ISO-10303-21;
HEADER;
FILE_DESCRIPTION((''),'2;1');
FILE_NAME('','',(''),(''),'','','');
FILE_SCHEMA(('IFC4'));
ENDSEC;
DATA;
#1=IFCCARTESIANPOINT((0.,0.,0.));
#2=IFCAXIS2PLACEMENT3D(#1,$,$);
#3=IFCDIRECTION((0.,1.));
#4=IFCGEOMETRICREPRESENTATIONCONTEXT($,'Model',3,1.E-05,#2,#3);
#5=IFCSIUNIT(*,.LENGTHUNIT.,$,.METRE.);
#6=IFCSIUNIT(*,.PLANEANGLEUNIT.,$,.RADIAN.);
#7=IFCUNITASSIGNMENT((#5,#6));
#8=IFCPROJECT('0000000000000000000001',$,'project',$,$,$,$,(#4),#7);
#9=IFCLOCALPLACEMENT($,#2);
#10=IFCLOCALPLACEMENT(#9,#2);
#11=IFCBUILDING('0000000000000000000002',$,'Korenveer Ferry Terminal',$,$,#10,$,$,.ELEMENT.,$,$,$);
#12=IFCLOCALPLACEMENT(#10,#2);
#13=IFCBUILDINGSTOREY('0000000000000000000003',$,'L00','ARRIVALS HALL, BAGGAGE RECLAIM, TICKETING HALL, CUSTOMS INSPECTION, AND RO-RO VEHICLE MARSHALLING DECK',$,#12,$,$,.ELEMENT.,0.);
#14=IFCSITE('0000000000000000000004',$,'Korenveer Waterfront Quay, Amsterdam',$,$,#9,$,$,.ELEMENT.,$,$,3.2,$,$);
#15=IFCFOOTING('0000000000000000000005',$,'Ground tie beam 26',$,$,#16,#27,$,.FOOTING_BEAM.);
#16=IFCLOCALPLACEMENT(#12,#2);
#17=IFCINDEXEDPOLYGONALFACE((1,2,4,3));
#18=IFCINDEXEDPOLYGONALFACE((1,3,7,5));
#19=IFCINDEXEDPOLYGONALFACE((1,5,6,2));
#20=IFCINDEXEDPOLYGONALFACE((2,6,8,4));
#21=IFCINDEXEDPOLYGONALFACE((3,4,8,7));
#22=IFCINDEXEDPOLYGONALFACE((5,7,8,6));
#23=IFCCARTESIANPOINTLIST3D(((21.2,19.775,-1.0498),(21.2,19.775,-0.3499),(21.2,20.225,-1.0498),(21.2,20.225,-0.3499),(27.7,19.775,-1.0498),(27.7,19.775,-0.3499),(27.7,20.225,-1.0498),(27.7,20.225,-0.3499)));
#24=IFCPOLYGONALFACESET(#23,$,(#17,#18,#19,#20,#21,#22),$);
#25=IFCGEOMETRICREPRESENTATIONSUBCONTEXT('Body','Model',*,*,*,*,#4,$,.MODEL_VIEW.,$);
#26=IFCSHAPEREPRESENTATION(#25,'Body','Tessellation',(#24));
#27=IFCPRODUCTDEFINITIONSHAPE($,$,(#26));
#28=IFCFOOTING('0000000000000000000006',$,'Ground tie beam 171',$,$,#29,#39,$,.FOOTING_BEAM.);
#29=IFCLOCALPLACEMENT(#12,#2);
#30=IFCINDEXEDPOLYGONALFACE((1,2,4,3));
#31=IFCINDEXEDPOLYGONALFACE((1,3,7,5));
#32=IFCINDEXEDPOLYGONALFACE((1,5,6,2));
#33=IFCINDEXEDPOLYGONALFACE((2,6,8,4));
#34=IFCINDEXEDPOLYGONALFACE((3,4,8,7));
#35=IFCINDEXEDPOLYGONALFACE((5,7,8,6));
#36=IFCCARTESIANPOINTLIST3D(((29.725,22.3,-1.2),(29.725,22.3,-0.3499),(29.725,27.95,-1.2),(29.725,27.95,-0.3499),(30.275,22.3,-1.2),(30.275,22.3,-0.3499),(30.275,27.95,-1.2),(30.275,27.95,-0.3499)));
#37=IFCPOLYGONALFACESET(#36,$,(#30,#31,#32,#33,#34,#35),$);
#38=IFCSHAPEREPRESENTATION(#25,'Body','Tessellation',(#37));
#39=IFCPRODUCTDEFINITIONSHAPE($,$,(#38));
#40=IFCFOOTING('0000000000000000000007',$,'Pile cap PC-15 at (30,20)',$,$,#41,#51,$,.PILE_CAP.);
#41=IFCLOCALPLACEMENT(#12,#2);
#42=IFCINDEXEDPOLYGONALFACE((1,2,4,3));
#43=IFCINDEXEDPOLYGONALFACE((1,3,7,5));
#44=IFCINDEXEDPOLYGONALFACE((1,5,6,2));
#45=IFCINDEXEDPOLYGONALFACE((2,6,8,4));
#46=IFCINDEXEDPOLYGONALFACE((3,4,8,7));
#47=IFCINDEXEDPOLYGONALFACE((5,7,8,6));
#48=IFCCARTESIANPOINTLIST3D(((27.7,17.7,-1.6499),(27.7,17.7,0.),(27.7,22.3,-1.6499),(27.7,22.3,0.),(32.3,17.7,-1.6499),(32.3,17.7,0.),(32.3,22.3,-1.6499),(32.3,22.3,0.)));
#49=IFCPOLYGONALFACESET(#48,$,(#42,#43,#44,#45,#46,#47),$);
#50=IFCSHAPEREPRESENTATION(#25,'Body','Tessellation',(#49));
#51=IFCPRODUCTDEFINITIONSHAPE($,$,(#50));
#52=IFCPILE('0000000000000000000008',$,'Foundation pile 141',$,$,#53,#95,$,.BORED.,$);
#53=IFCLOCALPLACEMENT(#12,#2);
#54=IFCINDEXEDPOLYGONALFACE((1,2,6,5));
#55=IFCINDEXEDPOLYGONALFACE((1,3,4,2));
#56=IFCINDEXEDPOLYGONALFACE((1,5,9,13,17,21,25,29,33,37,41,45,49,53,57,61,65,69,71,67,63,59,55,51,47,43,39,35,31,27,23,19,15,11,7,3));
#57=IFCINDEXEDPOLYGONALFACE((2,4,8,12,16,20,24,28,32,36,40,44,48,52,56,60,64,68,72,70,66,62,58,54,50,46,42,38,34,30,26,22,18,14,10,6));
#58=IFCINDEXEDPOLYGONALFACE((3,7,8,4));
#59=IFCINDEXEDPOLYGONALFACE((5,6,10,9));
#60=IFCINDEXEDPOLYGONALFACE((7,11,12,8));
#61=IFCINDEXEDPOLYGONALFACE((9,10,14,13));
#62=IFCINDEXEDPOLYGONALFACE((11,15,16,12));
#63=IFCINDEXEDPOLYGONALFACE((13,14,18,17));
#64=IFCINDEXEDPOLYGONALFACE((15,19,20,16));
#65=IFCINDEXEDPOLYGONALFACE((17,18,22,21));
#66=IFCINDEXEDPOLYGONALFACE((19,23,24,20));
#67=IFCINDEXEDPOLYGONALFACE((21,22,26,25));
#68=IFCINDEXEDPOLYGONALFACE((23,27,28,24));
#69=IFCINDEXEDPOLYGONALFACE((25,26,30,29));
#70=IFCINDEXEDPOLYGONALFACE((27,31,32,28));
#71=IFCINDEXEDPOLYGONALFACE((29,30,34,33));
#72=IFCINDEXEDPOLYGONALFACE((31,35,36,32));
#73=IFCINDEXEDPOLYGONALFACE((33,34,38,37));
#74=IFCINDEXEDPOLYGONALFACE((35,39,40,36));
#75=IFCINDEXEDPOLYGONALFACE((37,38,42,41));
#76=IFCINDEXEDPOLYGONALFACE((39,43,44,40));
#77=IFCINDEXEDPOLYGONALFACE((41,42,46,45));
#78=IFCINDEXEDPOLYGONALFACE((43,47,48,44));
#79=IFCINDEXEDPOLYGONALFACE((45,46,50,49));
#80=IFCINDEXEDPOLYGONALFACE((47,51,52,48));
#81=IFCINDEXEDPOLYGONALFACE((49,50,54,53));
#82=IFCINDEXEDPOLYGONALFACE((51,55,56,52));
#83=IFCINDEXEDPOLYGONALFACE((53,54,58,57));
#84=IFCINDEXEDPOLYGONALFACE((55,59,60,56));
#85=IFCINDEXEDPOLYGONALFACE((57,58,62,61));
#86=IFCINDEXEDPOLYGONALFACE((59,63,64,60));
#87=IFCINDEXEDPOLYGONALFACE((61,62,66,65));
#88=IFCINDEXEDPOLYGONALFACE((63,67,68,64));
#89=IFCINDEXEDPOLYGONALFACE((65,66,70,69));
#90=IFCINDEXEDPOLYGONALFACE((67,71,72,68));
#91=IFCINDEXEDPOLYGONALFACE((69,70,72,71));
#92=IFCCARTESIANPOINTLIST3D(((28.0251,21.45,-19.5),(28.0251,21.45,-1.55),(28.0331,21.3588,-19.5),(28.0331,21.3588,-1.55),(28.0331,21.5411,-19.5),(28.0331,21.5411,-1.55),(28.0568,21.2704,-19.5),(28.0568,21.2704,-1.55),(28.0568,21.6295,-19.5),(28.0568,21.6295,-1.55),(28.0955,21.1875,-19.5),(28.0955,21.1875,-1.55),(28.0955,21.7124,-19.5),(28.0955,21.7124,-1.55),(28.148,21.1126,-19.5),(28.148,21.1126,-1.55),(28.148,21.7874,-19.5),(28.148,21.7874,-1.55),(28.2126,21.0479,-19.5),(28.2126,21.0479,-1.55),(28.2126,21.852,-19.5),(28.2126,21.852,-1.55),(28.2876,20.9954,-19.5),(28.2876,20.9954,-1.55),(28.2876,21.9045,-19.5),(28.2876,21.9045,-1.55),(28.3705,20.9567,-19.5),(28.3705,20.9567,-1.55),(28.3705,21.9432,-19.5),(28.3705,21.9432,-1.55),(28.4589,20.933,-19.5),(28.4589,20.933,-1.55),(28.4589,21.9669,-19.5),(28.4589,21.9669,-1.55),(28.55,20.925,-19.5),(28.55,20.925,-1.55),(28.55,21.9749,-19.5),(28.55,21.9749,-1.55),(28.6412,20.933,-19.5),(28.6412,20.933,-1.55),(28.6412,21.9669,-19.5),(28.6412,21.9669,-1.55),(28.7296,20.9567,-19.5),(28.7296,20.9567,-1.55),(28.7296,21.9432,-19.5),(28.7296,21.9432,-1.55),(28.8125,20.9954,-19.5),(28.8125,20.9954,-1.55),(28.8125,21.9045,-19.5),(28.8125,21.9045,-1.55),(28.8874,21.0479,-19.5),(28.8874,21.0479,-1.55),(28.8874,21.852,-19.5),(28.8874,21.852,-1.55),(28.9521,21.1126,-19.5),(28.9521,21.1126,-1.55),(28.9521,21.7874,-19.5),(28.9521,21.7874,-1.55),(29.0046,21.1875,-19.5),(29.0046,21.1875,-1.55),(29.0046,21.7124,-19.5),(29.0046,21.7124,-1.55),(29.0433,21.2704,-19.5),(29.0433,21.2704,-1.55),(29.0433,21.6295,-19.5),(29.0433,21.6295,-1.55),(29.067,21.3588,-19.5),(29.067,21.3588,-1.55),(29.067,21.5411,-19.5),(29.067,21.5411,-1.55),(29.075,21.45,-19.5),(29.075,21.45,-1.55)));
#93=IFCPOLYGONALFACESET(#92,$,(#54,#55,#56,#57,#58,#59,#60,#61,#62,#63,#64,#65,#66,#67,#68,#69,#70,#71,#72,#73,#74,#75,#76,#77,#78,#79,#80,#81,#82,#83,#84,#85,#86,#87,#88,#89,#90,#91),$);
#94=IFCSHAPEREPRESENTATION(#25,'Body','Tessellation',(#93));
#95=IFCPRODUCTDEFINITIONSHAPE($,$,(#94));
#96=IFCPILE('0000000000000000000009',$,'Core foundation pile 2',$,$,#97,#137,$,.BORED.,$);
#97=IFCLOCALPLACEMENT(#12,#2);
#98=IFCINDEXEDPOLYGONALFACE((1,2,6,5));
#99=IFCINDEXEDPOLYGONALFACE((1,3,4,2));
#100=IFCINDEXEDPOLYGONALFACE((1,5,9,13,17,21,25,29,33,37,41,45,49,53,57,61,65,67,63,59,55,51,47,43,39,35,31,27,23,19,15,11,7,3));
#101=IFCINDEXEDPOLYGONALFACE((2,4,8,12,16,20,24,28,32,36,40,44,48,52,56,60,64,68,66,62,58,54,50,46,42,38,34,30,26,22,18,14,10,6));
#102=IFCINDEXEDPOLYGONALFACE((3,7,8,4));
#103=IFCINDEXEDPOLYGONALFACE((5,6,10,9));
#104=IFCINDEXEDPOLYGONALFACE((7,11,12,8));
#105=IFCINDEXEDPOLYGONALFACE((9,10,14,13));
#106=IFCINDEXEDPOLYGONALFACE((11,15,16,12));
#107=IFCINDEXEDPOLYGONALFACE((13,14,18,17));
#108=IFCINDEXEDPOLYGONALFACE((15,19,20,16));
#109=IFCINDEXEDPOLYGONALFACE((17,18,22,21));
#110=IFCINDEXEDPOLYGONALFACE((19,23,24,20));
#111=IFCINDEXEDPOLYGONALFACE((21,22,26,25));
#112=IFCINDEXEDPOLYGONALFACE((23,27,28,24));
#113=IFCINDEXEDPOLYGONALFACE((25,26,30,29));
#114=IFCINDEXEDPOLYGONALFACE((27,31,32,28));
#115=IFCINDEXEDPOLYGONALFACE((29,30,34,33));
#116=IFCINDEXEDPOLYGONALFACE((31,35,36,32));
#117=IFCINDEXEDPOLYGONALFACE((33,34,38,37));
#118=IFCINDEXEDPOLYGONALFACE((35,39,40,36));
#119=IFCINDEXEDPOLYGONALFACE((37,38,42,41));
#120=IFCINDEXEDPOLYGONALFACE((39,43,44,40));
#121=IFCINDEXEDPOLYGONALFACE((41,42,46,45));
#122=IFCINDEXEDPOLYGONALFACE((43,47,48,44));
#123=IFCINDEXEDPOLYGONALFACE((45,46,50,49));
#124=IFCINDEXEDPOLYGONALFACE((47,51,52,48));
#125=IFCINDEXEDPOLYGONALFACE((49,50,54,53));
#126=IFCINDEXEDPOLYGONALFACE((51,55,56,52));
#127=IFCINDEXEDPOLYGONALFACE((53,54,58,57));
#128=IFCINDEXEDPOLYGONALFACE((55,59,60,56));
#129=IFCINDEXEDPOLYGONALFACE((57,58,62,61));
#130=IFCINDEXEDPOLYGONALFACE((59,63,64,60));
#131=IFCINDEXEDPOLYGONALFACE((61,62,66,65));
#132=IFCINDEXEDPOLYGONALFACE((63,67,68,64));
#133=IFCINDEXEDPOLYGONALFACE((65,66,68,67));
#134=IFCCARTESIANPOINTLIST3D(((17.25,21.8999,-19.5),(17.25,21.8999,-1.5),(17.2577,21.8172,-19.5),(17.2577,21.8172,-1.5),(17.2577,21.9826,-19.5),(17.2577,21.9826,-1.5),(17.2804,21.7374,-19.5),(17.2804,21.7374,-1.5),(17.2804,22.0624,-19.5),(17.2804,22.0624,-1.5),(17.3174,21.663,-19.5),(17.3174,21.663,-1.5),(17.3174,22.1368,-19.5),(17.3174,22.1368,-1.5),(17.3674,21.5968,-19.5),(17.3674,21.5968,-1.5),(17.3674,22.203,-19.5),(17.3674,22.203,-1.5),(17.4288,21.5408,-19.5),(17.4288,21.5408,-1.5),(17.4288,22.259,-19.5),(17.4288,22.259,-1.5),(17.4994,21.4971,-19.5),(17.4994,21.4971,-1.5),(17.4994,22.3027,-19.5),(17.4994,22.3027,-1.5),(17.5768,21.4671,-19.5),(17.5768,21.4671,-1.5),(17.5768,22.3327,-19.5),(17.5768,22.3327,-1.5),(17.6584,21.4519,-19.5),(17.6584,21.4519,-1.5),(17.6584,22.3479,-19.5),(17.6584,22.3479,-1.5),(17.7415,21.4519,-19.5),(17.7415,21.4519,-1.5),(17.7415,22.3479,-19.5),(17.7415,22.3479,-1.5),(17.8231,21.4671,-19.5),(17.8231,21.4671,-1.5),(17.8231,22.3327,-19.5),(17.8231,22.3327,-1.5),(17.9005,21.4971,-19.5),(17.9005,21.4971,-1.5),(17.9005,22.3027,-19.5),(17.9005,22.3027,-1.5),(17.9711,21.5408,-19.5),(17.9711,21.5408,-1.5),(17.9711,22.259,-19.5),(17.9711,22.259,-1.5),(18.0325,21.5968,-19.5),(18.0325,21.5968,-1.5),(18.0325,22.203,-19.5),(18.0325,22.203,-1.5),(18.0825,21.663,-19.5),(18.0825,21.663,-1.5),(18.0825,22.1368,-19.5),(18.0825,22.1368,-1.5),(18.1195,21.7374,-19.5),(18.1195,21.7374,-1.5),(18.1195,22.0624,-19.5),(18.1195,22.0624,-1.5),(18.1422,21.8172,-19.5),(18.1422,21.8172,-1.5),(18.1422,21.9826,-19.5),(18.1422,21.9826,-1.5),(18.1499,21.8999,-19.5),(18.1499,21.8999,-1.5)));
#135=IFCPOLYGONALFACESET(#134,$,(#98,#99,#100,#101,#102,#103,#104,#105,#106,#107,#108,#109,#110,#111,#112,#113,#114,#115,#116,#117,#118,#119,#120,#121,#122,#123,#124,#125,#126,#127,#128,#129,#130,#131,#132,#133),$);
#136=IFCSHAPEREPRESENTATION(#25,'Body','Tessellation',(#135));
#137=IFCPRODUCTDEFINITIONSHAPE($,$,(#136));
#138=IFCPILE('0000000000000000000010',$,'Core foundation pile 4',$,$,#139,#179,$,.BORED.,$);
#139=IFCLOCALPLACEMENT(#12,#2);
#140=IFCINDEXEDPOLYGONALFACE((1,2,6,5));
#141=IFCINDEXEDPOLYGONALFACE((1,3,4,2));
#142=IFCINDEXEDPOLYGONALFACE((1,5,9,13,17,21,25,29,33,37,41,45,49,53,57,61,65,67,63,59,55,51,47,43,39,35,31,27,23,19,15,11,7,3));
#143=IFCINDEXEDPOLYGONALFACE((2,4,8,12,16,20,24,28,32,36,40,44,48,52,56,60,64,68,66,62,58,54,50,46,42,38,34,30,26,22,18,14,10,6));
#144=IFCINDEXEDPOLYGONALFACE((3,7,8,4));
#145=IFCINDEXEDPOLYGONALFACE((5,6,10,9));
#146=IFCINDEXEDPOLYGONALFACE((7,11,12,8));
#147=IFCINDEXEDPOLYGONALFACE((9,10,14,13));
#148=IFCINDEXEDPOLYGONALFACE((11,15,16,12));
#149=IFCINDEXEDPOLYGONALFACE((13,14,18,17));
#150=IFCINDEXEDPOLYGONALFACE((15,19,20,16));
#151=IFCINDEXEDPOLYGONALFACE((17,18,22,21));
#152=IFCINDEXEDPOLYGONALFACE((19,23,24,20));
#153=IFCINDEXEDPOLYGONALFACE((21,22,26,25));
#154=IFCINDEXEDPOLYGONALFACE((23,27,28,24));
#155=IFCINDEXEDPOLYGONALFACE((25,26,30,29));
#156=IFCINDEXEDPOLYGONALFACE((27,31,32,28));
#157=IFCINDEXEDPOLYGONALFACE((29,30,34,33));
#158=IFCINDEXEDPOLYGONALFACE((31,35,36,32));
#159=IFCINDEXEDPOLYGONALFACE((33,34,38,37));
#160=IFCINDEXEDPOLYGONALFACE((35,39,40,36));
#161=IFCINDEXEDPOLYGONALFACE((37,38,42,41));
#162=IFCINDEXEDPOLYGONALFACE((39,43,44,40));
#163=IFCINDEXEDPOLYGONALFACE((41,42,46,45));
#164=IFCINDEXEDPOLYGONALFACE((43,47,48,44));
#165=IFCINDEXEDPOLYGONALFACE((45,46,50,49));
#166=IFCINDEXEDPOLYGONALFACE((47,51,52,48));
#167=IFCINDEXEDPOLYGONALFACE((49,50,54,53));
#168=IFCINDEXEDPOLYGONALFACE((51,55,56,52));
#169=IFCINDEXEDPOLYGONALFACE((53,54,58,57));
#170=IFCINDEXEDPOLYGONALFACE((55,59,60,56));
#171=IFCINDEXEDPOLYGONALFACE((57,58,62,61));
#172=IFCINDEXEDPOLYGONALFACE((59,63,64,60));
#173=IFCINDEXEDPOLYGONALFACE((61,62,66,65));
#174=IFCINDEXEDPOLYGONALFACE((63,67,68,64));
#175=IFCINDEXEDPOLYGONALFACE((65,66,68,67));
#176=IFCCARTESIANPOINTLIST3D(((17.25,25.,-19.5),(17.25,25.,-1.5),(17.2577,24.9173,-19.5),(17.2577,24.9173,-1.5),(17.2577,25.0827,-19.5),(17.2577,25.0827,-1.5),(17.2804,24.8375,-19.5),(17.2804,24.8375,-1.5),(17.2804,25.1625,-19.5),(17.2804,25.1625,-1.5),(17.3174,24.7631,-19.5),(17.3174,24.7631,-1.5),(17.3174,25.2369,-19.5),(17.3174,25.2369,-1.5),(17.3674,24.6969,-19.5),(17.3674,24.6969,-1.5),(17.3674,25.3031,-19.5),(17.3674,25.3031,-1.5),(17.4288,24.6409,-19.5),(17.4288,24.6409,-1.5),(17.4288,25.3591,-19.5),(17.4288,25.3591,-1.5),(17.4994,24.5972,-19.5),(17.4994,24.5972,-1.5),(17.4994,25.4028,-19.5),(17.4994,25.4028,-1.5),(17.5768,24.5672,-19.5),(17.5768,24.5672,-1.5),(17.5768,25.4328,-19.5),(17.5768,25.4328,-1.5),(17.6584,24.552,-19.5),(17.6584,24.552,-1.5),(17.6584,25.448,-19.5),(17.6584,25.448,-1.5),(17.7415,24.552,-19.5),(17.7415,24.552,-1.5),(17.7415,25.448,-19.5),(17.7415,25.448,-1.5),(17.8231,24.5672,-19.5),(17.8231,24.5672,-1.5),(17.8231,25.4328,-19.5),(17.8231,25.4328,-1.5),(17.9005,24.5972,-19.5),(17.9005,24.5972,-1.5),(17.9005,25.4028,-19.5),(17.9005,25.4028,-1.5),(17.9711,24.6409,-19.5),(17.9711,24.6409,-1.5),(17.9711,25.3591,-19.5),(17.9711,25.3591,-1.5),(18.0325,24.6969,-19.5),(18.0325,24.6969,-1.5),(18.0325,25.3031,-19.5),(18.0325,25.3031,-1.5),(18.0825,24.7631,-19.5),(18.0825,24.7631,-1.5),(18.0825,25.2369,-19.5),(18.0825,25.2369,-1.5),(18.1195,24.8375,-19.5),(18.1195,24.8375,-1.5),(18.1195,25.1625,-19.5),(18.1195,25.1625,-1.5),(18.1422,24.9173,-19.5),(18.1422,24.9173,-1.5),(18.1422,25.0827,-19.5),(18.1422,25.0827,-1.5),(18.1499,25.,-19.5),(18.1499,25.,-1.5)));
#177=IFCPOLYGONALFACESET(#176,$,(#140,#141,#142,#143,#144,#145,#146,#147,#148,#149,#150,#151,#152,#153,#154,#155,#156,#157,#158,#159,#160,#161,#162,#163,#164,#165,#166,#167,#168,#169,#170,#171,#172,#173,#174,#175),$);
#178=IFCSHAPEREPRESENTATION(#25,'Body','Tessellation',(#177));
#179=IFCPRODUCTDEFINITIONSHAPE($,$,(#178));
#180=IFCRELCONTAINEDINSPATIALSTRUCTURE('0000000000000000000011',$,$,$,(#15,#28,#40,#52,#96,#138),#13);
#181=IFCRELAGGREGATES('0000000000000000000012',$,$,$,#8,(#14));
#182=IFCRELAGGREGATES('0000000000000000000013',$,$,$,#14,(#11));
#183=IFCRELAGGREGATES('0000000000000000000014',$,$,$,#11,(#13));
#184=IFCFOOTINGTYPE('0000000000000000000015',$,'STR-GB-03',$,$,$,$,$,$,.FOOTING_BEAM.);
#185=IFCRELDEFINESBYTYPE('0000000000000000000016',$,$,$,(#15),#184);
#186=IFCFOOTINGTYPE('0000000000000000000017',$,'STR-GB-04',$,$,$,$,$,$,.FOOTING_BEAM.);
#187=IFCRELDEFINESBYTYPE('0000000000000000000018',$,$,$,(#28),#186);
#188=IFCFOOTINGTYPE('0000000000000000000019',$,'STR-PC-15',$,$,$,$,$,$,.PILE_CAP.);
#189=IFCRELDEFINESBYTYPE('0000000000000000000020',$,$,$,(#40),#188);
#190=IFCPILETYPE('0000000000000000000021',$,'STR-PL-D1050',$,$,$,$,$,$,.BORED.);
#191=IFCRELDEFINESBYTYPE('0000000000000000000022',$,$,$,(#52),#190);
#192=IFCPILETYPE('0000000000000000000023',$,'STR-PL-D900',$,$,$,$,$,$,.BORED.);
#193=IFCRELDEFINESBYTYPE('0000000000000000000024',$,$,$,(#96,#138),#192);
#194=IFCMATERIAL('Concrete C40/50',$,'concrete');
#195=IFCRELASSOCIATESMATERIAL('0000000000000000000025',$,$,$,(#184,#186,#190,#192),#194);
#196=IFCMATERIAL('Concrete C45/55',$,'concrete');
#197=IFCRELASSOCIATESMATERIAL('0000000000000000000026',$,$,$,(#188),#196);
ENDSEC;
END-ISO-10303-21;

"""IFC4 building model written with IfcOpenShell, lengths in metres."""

from ifc_helpers import new_model, si_unit, direction, frame, origin, origin_2d, place, context, subcontext, project, spatial, rectangle, circle, extrude, material, material_profile, profile_set, type_object, element, save


model = new_model("IFC4")

# Units and contexts
model_context = context("Model", 3, precision=1e-05, world=origin(), true_north=direction((0.0, 1.0)))
body_context = subcontext(model_context, "Body", "Model", "MODEL_VIEW")
ifc_project = project(units=[si_unit("LENGTHUNIT", "METRE"), si_unit("PLANEANGLEUNIT", "RADIAN")], contexts=[model_context])

# Site, building, storey
site_placement = place(None, origin())
site = spatial("IfcSite", under=ifc_project, at=site_placement, Name="Korenveer Waterfront Quay, Amsterdam", CompositionType="ELEMENT", RefElevation=3.2)
building_placement = place(site_placement, origin())
building = spatial("IfcBuilding", under=site, at=building_placement, Name="Korenveer Ferry Terminal", CompositionType="ELEMENT")
storey_placement = place(building_placement, origin())
storey = spatial("IfcBuildingStorey", under=building, at=storey_placement, Name="L00", Description="ARRIVALS HALL, BAGGAGE RECLAIM, TICKETING HALL, CUSTOMS INSPECTION, AND RO-RO VEHICLE MARSHALLING DECK", CompositionType="ELEMENT", Elevation=0.0)

# Footings
ifc_material_1 = material(Name="Concrete C40/50", Category="concrete")
footing_type_1 = type_object("IfcFootingType", Name="STR-GB-03", PredefinedType="FOOTING_BEAM", material=ifc_material_1)
footing_1_placement = place(storey_placement, frame((24.45, 20.0, -1.0498), z_axis=(0.0, 0.0, 1.0), x_axis=(1.0, 0.0, 0.0)))
element("IfcFooting", 1, at=footing_1_placement, inside=storey, type_object=footing_type_1, Name="Ground tie beam 26", PredefinedType="FOOTING_BEAM", context=body_context, shape_type="SweptSolid", body=[
    extrude(rectangle(XDim=6.5, YDim=0.45, at=origin_2d()), origin(), (0.0, 0.0, 1.0), 0.7),
])
footing_type_2 = type_object("IfcFootingType", Name="STR-GB-04", PredefinedType="FOOTING_BEAM", material=ifc_material_1)
footing_2_placement = place(storey_placement, frame((30.0, 25.125, -1.2), z_axis=(0.0, 0.0, 1.0), x_axis=(1.0, 0.0, 0.0)))
element("IfcFooting", 2, at=footing_2_placement, inside=storey, type_object=footing_type_2, Name="Ground tie beam 171", PredefinedType="FOOTING_BEAM", context=body_context, shape_type="SweptSolid", body=[
    extrude(rectangle(XDim=0.55, YDim=5.6499, at=origin_2d()), origin(), (0.0, 0.0, 1.0), 0.8501),
])
ifc_material_2 = material(Name="Concrete C45/55", Category="concrete")
footing_type_3 = type_object("IfcFootingType", Name="STR-PC-15", PredefinedType="PILE_CAP", material=ifc_material_2)
footing_3_placement = place(storey_placement, frame((30.0, 20.0, -1.6499), z_axis=(0.0, 0.0, 1.0), x_axis=(1.0, 0.0, 0.0)))
element("IfcFooting", 3, at=footing_3_placement, inside=storey, type_object=footing_type_3, Name="Pile cap PC-15 at (30,20)", PredefinedType="PILE_CAP", context=body_context, shape_type="SweptSolid", body=[
    extrude(rectangle(XDim=4.6001, YDim=4.6001, at=origin_2d()), origin(), (0.0, 0.0, 1.0), 1.6499),
])

# Piles
ifc_material_profile_1 = material_profile(ifc_material_1, circle(Radius=0.5249, at=origin_2d()), Name="PILE D1050")
ifc_profile_set_1 = profile_set([ifc_material_profile_1], Name="Concrete C40/50")
pile_type_1 = type_object("IfcPileType", Name="STR-PL-D1050", PredefinedType="BORED", material=ifc_profile_set_1)
pile_placement = place(storey_placement, frame((28.55, 21.45, -1.55), z_axis=(0.0, 0.0, -1.0), x_axis=(1.0, 0.0, 0.0)))
element("IfcPile", 4, at=pile_placement, inside=storey, type_object=pile_type_1, Name="Foundation pile 141", PredefinedType="BORED", context=body_context, shape_type="SweptSolid", body=[
    extrude(circle(Radius=0.5249, at=origin_2d()), origin(), (0.0, 0.0, 1.0), 17.95),
])
ifc_material_profile_2 = material_profile(ifc_material_1, circle(Radius=0.45, at=origin_2d()), Name="PILE D900")
ifc_profile_set_2 = profile_set([ifc_material_profile_2], Name="Concrete C40/50")
pile_type_2 = type_object("IfcPileType", Name="STR-PL-D900", PredefinedType="BORED", material=ifc_profile_set_2)
for number, where, z_axis, x_axis, name in (
    (5, (17.7, 21.8999, -1.5), (0.0, 0.0, -1.0), (1.0, 0.0, 0.0), "Core foundation pile 2"),
    (6, (17.7, 25.0, -1.5), (0.0, 0.0, -1.0), (1.0, 0.0, 0.0), "Core foundation pile 4"),
):
    element("IfcPile", number, at=place(storey_placement, frame(where, z_axis=z_axis, x_axis=x_axis)), inside=storey, type_object=pile_type_2, Name=name, PredefinedType="BORED", context=body_context, shape_type="SweptSolid", body=[
        extrude(circle(Radius=0.45, at=origin_2d()), origin(), (0.0, 0.0, 1.0), 18.0),
    ])

save(model, "model.ifc")
